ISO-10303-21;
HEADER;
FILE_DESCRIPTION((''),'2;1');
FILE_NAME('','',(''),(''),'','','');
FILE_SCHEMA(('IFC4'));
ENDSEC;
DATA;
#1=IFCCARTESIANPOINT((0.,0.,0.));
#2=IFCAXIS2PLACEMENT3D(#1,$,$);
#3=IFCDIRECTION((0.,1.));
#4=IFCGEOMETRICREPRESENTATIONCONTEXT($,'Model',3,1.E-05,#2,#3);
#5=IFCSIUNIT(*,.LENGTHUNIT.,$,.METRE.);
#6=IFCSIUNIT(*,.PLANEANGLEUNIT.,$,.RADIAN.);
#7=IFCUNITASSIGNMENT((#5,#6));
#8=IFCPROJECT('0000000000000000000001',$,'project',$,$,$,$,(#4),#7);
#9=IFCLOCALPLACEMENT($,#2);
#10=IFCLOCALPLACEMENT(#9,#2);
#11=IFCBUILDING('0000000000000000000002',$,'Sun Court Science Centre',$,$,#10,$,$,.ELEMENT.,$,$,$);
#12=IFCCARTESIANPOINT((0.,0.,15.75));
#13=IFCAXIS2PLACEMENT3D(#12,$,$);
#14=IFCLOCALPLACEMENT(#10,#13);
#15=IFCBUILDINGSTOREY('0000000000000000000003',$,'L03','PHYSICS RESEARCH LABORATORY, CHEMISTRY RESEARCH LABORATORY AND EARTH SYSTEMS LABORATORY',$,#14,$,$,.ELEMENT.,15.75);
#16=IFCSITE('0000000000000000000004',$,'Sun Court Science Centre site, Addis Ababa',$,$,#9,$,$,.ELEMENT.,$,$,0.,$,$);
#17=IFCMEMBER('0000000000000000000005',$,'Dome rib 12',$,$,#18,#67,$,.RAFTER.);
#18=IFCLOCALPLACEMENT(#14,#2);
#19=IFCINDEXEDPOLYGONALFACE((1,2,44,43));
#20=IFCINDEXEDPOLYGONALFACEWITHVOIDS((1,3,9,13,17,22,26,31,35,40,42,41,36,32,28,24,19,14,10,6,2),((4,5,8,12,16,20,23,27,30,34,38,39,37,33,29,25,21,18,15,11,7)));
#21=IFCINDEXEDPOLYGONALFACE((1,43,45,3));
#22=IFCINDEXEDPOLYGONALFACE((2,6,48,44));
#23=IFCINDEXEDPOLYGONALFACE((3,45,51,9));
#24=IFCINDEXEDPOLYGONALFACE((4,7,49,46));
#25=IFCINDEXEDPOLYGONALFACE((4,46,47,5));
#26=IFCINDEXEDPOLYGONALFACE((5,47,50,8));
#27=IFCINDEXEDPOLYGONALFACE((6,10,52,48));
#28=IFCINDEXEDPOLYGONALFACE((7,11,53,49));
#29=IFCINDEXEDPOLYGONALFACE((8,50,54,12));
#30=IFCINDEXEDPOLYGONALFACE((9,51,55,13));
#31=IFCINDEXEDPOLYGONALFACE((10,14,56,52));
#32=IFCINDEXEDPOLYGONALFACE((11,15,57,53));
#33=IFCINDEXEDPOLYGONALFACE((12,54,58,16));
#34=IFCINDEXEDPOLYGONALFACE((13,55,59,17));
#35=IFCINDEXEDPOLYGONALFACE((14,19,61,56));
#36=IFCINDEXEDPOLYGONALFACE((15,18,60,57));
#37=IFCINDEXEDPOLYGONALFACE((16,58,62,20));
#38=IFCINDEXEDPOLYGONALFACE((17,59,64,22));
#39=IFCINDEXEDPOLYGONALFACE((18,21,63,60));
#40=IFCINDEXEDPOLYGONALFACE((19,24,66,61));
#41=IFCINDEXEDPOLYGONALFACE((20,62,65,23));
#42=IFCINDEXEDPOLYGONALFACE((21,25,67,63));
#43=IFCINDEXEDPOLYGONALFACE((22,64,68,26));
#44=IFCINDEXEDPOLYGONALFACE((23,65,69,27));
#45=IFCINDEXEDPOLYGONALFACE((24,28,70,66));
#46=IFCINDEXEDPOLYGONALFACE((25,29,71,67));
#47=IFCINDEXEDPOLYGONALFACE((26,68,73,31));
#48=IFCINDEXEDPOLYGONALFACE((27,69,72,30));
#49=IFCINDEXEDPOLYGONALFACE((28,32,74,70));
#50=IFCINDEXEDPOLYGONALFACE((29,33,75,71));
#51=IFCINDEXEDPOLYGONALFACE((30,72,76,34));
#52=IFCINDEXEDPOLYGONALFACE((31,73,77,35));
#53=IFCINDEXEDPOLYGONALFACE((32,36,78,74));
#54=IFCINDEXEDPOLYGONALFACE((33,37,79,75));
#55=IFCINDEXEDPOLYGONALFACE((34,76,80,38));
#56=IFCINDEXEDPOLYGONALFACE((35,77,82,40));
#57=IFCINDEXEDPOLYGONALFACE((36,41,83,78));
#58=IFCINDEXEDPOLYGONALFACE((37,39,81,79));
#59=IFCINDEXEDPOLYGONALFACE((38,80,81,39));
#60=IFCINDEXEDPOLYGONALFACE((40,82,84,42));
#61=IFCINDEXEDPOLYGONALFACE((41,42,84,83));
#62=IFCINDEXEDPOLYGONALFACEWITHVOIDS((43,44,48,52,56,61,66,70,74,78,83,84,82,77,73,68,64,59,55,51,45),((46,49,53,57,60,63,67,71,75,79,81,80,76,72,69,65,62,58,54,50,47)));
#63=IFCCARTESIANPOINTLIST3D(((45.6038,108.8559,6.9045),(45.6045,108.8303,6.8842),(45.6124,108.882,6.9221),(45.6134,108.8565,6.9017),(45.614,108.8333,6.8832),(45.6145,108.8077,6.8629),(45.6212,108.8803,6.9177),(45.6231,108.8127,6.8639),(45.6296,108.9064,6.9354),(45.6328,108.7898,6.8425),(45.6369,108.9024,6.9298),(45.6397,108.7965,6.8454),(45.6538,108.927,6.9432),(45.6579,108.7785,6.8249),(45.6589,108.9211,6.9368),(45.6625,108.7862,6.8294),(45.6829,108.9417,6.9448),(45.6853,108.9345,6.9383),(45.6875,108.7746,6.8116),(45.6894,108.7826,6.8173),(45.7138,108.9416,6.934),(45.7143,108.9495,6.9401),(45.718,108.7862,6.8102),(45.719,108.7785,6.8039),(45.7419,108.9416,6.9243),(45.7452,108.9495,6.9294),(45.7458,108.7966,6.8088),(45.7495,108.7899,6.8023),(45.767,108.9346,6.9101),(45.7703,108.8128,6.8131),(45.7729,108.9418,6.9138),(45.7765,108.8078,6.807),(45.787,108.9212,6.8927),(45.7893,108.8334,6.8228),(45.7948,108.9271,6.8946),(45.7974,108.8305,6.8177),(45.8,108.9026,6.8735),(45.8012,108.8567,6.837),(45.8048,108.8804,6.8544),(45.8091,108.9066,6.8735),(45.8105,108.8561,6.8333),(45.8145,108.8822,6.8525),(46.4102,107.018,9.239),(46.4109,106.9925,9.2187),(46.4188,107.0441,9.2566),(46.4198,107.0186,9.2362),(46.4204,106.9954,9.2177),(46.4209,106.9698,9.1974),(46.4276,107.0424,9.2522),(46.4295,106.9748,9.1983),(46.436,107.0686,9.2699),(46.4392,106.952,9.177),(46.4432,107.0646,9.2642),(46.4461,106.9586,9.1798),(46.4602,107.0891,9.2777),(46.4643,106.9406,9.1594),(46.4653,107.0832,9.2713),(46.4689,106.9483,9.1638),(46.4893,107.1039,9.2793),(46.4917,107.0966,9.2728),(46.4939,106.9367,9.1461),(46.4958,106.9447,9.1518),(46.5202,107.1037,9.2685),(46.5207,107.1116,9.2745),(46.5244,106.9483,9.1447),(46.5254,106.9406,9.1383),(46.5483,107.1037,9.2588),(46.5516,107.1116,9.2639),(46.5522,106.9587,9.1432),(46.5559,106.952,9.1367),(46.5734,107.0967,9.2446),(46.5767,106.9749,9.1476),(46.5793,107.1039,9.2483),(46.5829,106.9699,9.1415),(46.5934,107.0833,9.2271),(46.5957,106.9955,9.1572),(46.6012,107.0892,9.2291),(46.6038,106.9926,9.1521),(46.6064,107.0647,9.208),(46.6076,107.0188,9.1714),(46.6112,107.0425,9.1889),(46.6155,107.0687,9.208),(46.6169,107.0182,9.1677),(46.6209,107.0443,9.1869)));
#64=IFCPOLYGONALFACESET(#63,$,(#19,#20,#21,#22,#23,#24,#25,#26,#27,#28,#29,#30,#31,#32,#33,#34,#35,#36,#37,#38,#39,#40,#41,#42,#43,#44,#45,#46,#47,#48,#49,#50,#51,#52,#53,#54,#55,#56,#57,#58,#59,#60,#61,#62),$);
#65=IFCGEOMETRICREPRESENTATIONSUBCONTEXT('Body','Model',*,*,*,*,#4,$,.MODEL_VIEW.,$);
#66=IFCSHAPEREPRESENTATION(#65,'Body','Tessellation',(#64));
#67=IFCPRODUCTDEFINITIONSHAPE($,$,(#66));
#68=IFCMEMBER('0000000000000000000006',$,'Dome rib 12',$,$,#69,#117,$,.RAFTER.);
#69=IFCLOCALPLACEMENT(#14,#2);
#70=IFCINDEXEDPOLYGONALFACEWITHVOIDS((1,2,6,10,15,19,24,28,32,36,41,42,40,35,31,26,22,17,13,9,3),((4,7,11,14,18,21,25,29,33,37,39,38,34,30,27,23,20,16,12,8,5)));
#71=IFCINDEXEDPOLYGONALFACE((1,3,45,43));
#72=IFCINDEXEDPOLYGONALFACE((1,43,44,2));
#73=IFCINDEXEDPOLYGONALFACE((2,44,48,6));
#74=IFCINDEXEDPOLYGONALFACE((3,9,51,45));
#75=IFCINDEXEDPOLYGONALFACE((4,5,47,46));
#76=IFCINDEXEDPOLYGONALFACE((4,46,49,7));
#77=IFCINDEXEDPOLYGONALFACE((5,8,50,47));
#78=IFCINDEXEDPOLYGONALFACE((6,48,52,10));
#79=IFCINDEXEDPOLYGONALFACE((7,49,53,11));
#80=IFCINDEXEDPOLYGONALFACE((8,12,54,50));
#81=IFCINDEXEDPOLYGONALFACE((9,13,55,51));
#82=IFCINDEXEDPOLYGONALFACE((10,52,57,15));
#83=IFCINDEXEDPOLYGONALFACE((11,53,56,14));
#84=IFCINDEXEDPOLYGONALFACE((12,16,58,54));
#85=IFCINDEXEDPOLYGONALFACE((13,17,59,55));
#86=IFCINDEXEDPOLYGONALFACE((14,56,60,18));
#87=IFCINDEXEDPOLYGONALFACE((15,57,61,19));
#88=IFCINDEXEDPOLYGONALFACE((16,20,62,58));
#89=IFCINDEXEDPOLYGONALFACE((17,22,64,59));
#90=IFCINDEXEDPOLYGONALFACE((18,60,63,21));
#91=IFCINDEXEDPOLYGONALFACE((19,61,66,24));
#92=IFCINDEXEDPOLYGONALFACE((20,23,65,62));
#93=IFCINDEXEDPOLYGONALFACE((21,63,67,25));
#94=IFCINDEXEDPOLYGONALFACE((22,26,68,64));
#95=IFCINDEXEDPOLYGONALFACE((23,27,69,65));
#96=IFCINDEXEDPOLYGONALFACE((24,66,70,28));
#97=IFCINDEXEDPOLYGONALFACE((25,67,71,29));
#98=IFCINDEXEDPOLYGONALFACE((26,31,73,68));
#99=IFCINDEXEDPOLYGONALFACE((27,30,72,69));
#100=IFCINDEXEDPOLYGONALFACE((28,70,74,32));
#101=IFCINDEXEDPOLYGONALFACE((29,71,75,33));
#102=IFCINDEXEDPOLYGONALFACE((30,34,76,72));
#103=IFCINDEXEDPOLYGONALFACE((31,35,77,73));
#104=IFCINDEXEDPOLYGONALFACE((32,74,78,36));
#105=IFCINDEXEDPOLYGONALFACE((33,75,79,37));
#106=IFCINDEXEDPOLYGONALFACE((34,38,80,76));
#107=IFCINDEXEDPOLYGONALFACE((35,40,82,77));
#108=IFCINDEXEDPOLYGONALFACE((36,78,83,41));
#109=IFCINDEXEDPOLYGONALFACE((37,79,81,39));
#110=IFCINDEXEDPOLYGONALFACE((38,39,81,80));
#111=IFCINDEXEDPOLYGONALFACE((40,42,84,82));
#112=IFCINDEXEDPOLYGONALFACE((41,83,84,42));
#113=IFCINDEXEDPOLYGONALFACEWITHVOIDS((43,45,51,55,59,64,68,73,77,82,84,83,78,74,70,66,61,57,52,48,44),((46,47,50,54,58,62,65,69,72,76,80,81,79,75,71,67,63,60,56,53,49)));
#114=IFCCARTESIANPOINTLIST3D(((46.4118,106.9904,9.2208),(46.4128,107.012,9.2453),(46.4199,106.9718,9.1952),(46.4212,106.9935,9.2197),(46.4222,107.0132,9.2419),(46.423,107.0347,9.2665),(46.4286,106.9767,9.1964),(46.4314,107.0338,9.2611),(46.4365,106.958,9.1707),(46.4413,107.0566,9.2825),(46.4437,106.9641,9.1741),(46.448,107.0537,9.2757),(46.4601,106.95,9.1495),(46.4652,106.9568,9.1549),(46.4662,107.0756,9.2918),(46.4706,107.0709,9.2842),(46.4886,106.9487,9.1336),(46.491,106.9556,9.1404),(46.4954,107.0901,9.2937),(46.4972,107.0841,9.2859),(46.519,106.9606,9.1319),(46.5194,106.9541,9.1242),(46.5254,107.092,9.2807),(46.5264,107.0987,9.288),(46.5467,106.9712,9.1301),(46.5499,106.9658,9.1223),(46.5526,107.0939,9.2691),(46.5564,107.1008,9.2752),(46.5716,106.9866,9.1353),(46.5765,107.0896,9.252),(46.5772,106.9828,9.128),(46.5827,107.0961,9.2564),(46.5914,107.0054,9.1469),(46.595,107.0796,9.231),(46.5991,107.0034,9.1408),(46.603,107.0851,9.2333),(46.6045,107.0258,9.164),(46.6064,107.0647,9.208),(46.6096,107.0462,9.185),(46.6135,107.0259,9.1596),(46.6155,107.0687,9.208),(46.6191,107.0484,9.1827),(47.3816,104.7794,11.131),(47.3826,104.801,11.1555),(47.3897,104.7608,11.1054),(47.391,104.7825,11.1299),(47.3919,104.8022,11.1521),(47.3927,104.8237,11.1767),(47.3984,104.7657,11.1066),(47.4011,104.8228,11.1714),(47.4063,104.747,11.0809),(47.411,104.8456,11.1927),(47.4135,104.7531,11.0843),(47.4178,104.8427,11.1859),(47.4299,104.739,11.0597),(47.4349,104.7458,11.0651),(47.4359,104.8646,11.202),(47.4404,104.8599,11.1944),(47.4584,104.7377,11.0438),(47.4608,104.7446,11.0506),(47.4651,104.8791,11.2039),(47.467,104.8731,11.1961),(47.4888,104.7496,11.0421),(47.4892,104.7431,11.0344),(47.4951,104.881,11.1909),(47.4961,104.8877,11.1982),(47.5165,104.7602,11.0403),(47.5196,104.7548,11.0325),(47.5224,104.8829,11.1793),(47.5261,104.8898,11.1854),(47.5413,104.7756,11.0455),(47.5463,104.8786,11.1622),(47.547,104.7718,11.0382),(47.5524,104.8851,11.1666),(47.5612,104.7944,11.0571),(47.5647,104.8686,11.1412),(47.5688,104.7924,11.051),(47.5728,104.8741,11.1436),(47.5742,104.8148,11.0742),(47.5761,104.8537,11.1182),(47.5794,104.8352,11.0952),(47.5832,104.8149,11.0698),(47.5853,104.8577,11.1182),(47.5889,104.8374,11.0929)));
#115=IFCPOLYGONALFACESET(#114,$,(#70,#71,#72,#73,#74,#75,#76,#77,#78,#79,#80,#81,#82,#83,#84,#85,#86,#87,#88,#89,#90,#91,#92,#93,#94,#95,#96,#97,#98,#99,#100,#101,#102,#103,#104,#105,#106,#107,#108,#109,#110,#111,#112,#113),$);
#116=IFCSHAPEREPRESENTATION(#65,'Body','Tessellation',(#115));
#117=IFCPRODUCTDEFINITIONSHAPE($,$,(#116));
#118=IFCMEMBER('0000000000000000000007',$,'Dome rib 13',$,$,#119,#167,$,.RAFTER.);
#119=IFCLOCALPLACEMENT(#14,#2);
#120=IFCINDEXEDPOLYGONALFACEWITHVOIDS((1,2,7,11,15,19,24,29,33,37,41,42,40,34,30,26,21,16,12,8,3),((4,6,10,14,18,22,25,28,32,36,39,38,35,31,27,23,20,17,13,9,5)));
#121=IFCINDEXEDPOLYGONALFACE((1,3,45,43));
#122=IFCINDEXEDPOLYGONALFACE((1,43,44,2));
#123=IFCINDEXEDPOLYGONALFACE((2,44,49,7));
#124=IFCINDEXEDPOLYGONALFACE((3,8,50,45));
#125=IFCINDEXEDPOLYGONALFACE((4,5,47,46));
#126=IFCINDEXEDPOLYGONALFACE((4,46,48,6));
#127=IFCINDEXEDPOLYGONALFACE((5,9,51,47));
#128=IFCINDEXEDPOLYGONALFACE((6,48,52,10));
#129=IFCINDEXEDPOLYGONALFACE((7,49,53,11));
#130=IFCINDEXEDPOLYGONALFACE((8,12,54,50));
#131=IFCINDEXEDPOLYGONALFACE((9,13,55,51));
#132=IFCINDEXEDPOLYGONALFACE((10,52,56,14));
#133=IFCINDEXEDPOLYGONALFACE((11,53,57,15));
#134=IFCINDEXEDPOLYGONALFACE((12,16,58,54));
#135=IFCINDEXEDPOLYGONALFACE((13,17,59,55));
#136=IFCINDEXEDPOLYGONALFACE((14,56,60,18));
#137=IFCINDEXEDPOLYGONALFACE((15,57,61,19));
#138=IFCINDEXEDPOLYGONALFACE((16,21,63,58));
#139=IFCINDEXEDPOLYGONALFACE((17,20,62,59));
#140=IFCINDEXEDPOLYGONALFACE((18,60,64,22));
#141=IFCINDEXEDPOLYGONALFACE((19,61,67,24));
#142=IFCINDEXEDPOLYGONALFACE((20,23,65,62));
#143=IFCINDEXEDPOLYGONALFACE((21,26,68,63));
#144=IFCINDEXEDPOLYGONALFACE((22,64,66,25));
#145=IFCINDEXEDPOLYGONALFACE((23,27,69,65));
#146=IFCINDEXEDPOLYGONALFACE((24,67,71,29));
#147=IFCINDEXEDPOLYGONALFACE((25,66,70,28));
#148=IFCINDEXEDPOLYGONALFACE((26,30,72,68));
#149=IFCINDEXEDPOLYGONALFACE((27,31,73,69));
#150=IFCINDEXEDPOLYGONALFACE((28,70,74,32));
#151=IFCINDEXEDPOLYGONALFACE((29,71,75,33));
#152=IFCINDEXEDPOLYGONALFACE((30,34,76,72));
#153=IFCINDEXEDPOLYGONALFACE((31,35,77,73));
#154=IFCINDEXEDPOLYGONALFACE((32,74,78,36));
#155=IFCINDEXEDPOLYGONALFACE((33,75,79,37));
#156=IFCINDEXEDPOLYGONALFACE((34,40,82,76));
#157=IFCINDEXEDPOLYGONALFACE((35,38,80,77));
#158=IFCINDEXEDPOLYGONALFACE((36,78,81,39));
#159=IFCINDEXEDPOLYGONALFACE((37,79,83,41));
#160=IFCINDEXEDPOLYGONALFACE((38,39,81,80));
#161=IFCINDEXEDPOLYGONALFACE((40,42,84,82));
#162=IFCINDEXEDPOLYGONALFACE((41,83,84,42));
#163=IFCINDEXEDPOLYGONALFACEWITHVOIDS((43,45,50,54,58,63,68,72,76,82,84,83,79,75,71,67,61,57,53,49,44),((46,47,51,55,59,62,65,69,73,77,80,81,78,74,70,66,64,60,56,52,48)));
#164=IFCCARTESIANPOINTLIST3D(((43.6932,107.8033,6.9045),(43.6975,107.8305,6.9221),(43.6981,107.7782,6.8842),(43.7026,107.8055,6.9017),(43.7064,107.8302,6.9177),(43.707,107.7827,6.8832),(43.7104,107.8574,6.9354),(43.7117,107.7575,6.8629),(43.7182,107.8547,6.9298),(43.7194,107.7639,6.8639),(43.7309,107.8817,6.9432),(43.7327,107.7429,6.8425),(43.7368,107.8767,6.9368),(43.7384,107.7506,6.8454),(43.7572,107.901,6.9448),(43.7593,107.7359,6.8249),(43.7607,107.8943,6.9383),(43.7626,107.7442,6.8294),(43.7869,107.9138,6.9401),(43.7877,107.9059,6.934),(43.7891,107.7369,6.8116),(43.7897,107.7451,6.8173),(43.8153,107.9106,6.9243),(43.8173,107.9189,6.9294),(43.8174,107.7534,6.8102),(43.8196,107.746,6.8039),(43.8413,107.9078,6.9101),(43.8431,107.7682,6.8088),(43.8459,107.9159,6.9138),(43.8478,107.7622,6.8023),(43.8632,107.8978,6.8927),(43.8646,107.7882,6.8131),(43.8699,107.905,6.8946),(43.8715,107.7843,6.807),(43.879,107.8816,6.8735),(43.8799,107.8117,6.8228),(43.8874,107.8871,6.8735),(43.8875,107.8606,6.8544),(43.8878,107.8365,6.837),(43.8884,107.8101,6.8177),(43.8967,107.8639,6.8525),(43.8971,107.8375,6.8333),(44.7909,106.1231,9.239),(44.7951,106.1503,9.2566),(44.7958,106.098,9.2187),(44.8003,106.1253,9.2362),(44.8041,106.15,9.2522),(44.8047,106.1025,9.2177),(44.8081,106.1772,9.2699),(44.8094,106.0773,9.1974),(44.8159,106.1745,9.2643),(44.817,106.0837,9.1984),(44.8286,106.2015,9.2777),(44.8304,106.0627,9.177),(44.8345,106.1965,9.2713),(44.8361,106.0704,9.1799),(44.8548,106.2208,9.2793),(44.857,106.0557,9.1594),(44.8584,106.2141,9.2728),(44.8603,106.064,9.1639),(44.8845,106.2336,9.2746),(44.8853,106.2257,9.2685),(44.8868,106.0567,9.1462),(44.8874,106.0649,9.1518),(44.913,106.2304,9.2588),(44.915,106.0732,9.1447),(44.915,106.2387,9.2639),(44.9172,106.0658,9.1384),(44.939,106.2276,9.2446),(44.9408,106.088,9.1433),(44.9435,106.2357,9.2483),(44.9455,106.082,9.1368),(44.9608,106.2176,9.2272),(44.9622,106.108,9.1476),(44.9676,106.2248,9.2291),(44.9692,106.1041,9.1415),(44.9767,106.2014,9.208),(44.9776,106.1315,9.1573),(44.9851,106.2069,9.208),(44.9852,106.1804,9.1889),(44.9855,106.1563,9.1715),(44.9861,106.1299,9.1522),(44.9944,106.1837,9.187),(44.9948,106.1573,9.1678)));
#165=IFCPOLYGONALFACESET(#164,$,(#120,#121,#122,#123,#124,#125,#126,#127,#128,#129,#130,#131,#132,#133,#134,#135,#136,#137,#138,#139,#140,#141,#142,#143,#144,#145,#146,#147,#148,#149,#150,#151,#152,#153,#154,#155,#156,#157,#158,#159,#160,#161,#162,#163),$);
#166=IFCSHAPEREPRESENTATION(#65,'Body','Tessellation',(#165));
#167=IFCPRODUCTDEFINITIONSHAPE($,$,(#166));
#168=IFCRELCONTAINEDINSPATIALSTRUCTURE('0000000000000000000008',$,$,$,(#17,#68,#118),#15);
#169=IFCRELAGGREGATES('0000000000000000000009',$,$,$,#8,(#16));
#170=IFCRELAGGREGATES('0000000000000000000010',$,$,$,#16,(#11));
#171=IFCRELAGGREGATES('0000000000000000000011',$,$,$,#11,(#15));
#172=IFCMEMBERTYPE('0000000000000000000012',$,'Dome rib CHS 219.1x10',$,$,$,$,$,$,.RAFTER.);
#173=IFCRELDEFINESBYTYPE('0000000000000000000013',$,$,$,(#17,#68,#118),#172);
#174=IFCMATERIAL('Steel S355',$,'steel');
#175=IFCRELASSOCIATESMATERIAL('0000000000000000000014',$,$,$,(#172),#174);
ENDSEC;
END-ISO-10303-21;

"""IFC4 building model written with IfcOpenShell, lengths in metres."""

from ifc_helpers import new_model, si_unit, direction, frame, origin, origin_2d, place, context, subcontext, project, spatial, hollow_circle, extrude, material, material_profile, profile_set, type_object, element, save


model = new_model("IFC4")

# Units and contexts
model_context = context("Model", 3, precision=1e-05, world=origin(), true_north=direction((0.0, 1.0)))
body_context = subcontext(model_context, "Body", "Model", "MODEL_VIEW")
ifc_project = project(units=[si_unit("LENGTHUNIT", "METRE"), si_unit("PLANEANGLEUNIT", "RADIAN")], contexts=[model_context])

# Site, building, storey
site_placement = place(None, origin())
site = spatial("IfcSite", under=ifc_project, at=site_placement, Name="Sun Court Science Centre site, Addis Ababa", CompositionType="ELEMENT", RefElevation=0.0)
building_placement = place(site_placement, origin())
building = spatial("IfcBuilding", under=site, at=building_placement, Name="Sun Court Science Centre", CompositionType="ELEMENT")
storey_placement = place(building_placement, frame((0.0, 0.0, 15.75)))
storey = spatial("IfcBuildingStorey", under=building, at=storey_placement, Name="L03", Description="PHYSICS RESEARCH LABORATORY, CHEMISTRY RESEARCH LABORATORY AND EARTH SYSTEMS LABORATORY", CompositionType="ELEMENT", Elevation=15.75)

# Members
ifc_material_1 = material(Name="Steel S355", Category="steel")
ifc_material_profile_1 = material_profile(ifc_material_1, hollow_circle(Radius=0.1096, WallThickness=0.01, at=origin_2d()), Name="CHS 219.1x10")
ifc_profile_set_1 = profile_set([ifc_material_profile_1], Name="Steel S355")
member_type_1 = type_object("IfcMemberType", Name="Dome rib CHS 219.1x10", PredefinedType="RAFTER", material=ifc_profile_set_1)
for number, where, z_axis, x_axis, name in (
    (1, (45.7087, 108.8625, 6.8735), (0.261935, -0.596986, 0.758286), (0.915732, 0.401789, 0.0), "Dome rib 12"),
    (2, (46.5151, 107.0247, 9.208), (0.314997, -0.718181, 0.620478), (0.915786, 0.401667, 0.0), "Dome rib 12"),
    (3, (43.7957, 107.8271, 6.8735), (0.356547, -0.545765, 0.758297), (0.83718, 0.546928, 0.0), "Dome rib 13"),
):
    element("IfcMember", number, at=place(storey_placement, frame(where, z_axis=z_axis, x_axis=x_axis)), inside=storey, type_object=member_type_1, Name=name, PredefinedType="RAFTER", context=body_context, shape_type="SweptSolid", body=[
        extrude(hollow_circle(Radius=0.1096, WallThickness=0.01, at=origin_2d()), origin(), (0.0, 0.0, 1.0), 3.0786),
    ])

save(model, "model.ifc")
